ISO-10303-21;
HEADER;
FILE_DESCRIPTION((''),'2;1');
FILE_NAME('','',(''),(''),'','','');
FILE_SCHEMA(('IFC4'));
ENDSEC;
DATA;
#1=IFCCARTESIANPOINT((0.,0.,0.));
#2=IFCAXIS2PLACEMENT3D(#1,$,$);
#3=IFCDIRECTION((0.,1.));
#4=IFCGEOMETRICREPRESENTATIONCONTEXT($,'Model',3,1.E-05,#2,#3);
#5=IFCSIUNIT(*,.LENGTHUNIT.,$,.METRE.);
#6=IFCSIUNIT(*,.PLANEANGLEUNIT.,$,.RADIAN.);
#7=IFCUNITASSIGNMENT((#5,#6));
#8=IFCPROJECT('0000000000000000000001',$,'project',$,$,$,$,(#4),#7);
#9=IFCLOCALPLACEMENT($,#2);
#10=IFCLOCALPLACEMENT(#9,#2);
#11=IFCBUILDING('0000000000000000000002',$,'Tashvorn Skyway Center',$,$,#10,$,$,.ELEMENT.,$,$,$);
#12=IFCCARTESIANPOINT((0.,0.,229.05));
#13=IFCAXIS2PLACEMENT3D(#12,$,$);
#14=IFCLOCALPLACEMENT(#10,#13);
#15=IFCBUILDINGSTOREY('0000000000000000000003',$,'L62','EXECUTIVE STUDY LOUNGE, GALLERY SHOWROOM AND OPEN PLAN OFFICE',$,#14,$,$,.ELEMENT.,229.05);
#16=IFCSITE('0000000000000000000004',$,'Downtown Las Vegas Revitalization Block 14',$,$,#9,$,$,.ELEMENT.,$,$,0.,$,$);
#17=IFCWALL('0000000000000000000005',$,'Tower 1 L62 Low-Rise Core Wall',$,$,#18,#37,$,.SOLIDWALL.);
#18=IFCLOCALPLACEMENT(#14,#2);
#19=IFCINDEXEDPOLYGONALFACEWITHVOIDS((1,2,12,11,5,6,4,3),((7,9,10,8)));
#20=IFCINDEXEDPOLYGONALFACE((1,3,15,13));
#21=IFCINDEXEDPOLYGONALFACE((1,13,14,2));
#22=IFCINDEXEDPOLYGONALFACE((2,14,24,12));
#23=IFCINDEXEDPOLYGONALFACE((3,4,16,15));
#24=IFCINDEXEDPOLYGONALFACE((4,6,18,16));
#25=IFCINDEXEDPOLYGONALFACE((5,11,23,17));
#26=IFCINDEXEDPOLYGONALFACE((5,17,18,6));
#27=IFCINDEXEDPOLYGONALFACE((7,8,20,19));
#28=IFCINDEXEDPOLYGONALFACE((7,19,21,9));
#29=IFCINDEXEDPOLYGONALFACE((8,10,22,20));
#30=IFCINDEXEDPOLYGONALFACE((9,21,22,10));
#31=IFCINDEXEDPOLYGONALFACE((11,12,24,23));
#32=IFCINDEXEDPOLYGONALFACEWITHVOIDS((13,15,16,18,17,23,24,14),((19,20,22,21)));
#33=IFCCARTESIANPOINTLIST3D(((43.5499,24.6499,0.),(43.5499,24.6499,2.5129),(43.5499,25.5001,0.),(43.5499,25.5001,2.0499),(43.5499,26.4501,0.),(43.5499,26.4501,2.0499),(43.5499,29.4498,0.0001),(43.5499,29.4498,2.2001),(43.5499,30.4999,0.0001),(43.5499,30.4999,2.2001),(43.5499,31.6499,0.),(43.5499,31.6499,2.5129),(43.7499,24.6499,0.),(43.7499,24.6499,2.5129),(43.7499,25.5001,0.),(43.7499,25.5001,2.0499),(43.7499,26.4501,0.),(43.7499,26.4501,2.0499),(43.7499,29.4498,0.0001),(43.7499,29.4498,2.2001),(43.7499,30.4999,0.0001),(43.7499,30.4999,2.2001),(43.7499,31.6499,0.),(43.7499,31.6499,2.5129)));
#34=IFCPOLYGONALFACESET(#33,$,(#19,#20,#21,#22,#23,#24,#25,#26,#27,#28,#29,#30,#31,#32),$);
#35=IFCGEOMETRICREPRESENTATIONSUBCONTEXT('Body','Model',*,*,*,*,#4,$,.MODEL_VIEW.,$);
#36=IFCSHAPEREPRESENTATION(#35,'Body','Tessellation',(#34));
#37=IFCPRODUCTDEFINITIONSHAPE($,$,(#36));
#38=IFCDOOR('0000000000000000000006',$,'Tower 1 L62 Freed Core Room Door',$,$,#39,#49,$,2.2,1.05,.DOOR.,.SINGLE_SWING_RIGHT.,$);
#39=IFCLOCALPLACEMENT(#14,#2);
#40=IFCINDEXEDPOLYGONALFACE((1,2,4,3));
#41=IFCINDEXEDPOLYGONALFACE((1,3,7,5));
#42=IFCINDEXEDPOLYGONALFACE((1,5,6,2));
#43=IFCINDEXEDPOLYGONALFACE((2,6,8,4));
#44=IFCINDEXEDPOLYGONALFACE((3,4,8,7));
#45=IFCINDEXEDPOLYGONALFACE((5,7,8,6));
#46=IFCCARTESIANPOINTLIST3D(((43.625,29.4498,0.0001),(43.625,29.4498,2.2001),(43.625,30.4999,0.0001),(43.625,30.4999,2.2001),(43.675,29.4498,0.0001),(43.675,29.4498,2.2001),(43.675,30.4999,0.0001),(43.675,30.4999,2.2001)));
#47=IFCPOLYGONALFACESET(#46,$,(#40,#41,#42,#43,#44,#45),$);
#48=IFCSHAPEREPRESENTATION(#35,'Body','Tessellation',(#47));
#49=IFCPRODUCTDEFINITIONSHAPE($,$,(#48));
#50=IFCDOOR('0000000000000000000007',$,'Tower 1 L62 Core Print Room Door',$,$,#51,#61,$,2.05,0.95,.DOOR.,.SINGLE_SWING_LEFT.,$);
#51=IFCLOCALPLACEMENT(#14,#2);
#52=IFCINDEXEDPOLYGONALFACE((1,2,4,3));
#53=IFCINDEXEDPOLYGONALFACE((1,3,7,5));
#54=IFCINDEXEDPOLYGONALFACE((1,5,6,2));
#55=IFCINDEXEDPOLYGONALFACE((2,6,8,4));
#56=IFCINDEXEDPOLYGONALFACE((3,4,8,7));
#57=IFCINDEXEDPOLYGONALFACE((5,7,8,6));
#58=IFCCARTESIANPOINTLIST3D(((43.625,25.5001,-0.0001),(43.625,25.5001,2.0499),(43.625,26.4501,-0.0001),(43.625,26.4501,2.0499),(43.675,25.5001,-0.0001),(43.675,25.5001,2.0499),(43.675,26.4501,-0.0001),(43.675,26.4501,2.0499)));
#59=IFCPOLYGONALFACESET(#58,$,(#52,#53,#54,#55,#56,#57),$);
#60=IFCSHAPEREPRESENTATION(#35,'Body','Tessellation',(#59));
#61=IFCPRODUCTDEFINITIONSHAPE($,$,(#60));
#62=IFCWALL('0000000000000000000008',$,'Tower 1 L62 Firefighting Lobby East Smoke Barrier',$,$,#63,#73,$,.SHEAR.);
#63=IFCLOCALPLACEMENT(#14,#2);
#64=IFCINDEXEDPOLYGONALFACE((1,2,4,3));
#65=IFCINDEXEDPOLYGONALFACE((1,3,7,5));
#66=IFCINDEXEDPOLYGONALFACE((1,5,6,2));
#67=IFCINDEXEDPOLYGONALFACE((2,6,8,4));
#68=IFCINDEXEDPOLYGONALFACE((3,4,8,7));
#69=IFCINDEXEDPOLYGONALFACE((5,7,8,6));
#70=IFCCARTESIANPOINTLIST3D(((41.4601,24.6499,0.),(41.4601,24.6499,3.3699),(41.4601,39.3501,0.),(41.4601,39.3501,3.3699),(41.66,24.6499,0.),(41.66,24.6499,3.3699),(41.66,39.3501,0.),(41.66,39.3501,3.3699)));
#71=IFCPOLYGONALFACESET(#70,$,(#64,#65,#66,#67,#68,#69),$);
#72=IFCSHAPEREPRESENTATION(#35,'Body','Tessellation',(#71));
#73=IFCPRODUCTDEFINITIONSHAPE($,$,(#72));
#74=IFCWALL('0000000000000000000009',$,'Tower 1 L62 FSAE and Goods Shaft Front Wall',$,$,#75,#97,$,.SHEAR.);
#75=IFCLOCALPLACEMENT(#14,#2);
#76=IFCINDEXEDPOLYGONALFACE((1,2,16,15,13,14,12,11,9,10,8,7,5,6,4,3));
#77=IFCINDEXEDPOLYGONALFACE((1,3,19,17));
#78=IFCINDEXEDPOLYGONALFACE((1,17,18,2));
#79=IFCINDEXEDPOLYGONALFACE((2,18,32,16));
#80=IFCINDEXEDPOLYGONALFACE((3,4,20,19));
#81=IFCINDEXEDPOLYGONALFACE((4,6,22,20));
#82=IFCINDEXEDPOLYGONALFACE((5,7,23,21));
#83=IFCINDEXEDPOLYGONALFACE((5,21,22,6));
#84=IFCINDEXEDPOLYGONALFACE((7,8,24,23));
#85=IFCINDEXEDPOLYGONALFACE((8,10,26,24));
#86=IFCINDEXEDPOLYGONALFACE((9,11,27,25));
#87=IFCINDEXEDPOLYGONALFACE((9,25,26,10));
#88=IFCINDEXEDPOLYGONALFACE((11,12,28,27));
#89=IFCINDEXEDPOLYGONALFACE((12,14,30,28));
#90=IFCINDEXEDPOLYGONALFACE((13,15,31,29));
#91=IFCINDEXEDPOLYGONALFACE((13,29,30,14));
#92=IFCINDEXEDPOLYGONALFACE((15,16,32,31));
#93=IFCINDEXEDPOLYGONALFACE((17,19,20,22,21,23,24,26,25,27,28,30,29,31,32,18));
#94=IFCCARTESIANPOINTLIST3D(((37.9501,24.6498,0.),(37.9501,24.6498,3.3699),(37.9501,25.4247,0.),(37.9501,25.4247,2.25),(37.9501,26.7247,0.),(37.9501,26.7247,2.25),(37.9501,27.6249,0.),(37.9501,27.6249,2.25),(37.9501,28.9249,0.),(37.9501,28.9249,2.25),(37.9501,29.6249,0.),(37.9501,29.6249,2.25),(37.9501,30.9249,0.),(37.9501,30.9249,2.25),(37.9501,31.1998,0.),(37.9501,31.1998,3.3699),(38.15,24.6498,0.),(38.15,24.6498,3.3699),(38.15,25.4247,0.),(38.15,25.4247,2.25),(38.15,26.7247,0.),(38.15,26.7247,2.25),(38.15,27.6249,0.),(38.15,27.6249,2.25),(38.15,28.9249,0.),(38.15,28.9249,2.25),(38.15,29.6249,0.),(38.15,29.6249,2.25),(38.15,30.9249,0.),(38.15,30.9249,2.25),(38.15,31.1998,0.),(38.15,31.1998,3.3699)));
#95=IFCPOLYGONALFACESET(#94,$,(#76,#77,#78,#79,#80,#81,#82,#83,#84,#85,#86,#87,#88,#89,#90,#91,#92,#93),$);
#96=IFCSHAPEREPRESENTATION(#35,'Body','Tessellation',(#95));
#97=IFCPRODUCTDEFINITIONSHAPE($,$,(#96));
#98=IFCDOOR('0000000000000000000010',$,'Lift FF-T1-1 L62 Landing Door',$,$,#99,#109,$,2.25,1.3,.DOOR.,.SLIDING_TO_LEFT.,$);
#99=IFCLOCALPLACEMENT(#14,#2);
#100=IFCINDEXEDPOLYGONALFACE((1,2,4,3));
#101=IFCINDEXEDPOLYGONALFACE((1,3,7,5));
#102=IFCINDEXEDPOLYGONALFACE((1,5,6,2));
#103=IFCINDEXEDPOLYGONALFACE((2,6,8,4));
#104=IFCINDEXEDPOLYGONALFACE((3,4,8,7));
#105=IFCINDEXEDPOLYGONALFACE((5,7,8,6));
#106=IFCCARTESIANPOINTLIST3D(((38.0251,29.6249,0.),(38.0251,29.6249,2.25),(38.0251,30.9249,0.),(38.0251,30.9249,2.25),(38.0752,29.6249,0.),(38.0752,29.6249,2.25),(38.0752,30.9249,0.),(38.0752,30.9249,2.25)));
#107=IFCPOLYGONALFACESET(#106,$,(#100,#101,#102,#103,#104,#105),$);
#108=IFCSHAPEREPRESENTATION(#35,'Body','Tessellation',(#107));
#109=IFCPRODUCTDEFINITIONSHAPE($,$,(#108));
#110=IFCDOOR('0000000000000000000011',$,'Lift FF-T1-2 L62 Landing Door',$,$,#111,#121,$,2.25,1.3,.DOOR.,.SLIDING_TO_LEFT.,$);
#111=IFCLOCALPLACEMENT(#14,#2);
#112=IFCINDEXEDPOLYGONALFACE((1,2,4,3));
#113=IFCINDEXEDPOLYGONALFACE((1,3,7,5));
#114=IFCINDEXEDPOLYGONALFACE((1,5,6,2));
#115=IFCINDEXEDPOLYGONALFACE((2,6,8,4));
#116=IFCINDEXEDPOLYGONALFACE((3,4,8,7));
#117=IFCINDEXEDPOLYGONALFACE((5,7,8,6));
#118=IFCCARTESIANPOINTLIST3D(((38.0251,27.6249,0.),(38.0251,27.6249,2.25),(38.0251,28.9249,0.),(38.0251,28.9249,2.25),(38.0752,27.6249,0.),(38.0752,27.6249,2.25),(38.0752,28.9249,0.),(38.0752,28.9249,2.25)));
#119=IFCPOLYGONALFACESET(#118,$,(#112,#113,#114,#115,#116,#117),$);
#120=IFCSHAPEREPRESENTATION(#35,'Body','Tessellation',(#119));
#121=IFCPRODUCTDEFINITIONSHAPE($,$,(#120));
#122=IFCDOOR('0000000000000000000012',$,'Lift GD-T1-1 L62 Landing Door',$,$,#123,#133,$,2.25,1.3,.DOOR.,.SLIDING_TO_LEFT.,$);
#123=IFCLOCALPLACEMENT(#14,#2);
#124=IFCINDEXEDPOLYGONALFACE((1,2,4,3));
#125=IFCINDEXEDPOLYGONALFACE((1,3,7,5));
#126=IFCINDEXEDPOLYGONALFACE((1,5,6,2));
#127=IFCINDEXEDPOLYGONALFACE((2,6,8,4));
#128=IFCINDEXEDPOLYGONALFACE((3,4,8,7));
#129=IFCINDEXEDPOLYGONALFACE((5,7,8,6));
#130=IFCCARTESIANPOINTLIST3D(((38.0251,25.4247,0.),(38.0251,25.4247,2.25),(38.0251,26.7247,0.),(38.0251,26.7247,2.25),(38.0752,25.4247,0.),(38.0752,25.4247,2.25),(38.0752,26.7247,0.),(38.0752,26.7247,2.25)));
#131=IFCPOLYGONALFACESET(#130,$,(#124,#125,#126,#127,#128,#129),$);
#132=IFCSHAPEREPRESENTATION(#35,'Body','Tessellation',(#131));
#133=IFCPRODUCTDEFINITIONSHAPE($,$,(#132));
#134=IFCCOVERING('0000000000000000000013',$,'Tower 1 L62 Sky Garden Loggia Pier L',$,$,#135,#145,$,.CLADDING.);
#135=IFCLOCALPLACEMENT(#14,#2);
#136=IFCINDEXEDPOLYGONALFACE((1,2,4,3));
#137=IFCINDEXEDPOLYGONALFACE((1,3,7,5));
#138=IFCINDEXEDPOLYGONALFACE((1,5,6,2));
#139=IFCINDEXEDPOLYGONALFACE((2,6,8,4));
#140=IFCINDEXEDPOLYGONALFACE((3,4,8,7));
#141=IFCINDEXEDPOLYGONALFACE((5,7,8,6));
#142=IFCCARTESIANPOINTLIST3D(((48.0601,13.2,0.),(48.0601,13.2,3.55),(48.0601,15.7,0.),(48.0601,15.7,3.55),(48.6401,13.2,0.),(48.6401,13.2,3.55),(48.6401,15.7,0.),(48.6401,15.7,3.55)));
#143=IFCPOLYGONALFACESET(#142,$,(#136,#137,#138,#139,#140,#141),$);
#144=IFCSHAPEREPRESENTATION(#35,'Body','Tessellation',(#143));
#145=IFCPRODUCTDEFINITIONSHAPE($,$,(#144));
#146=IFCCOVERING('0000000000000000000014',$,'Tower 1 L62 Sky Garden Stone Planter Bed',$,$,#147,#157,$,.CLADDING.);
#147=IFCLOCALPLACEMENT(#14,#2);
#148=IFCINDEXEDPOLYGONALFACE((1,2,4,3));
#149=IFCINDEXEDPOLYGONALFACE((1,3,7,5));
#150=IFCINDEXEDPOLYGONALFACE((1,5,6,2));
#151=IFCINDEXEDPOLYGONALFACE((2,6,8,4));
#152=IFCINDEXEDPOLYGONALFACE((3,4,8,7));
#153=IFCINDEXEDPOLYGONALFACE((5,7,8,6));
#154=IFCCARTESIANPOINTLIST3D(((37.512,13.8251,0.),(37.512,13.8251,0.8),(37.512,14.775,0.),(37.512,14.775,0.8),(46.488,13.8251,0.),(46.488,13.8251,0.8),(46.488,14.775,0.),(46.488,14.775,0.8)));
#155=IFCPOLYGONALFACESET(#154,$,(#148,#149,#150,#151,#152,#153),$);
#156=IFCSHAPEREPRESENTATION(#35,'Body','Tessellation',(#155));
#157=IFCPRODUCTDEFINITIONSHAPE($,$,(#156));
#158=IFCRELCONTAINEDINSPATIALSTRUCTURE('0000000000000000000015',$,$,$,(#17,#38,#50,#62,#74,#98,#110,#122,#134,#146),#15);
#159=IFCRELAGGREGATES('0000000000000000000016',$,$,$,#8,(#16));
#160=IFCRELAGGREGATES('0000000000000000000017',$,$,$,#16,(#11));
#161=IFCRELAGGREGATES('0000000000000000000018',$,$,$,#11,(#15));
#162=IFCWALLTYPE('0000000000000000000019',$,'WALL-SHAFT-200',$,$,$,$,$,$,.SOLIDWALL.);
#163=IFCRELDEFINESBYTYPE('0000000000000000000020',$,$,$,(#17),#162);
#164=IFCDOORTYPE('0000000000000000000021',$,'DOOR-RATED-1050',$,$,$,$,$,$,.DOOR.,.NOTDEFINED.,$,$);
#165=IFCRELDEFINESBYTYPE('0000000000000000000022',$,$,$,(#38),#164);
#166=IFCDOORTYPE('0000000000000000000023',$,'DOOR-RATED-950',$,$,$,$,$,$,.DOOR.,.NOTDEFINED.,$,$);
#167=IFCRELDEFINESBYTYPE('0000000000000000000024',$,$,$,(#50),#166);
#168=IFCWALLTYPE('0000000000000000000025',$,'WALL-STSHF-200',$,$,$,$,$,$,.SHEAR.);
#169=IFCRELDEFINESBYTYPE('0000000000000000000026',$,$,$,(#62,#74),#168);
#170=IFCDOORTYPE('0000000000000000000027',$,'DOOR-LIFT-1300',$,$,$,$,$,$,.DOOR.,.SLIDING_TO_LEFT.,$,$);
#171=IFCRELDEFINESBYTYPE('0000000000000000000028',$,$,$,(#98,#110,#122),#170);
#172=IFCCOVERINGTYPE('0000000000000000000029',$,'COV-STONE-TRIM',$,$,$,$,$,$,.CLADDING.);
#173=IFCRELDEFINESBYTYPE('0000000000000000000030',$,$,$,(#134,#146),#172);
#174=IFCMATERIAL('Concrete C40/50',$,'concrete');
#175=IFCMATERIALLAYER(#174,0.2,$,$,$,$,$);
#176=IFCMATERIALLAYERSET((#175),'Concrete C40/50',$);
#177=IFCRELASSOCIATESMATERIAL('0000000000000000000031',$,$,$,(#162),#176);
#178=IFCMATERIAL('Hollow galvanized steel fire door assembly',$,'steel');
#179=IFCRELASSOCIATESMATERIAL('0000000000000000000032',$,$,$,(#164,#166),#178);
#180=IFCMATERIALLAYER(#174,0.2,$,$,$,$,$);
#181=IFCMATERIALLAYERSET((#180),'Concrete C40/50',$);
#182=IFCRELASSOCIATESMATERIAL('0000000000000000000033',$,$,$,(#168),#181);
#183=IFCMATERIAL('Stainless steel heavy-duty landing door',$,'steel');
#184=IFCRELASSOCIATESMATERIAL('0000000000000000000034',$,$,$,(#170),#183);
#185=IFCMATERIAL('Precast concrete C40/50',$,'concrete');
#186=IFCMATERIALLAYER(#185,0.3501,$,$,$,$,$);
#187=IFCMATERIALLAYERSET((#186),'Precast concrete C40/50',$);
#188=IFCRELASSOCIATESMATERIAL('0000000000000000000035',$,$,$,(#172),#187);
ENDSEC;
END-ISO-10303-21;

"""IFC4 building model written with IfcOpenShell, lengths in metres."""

from ifc_helpers import new_model, si_unit, direction, frame, frame_2d, origin, origin_2d, place, context, subcontext, project, spatial, rectangle, extrude, material, layer, layer_set, type_object, element, fill, save


model = new_model("IFC4")

# Units and contexts
model_context = context("Model", 3, precision=1e-05, world=origin(), true_north=direction((0.0, 1.0)))
body_context = subcontext(model_context, "Body", "Model", "MODEL_VIEW")
ifc_project = project(units=[si_unit("LENGTHUNIT", "METRE"), si_unit("PLANEANGLEUNIT", "RADIAN")], contexts=[model_context])

# Site, building, storey
site_placement = place(None, origin())
site = spatial("IfcSite", under=ifc_project, at=site_placement, Name="Downtown Las Vegas Revitalization Block 14", CompositionType="ELEMENT", RefElevation=0.0)
building_placement = place(site_placement, origin())
building = spatial("IfcBuilding", under=site, at=building_placement, Name="Tashvorn Skyway Center", CompositionType="ELEMENT")
storey_placement = place(building_placement, frame((0.0, 0.0, 229.05)))
storey = spatial("IfcBuildingStorey", under=building, at=storey_placement, Name="L62", Description="EXECUTIVE STUDY LOUNGE, GALLERY SHOWROOM AND OPEN PLAN OFFICE", CompositionType="ELEMENT", Elevation=229.05)

# Shared definitions
ifc_material_1 = material(Name="Precast concrete C40/50", Category="concrete")

# Wall, openings, doors
ifc_material_2 = material(Name="Concrete C40/50", Category="concrete")
ifc_layer_1 = layer(ifc_material_2, 0.2)
ifc_layer_set_1 = layer_set([ifc_layer_1], Name="Concrete C40/50")
wall_type_1 = type_object("IfcWallType", Name="WALL-SHAFT-200", PredefinedType="SOLIDWALL", material=ifc_layer_set_1)
wall_1_placement = place(storey_placement, frame((43.6499, 24.6499, 0.0), z_axis=(0.0, 0.0, 1.0), x_axis=(0.0, 1.0, 0.0)))
wall_1 = element("IfcWall", 1, at=wall_1_placement, inside=storey, type_object=wall_type_1, Name="Tower 1 L62 Low-Rise Core Wall", PredefinedType="SOLIDWALL", context=body_context, shape_type="SweptSolid", body=[
    extrude(rectangle(XDim=7.0, YDim=0.2, at=frame_2d((3.5, 0.0))), origin(), (0.0, 0.0, 1.0), 2.5129),
])
opening_1_placement = place(wall_1_placement, frame((0.8501, 0.0, 0.0)))
opening_1 = element("IfcOpeningElement", 2, at=opening_1_placement, cuts=wall_1, PredefinedType="OPENING", context=body_context, shape_type="SweptSolid", body=[
    extrude(rectangle(XDim=0.95, YDim=2.05, at=frame_2d((0.4751, 1.0249))), frame((0.0, 0.1099, 0.0), z_axis=(0.0, -1.0, 0.0), x_axis=(1.0, 0.0, 0.0)), (0.0, 0.0, 1.0), 0.22),
])
opening_2_placement = place(wall_1_placement, frame((4.8, 0.0, 0.0)))
opening_2 = element("IfcOpeningElement", 3, at=opening_2_placement, cuts=wall_1, PredefinedType="OPENING", context=body_context, shape_type="SweptSolid", body=[
    extrude(rectangle(XDim=1.05, YDim=2.2, at=frame_2d((0.5249, 1.1001))), frame((0.0, 0.1099, 0.0), z_axis=(0.0, -1.0, 0.0), x_axis=(1.0, 0.0, 0.0)), (0.0, 0.0, 1.0), 0.22),
])
ifc_material_3 = material(Name="Hollow galvanized steel fire door assembly", Category="steel")
door_type_1 = type_object("IfcDoorType", Name="DOOR-RATED-1050", OperationType="NOTDEFINED", PredefinedType="DOOR", material=ifc_material_3)
door_1_placement = place(opening_2_placement, origin())
door_1 = element("IfcDoor", 4, at=door_1_placement, inside=storey, type_object=door_type_1, Name="Tower 1 L62 Freed Core Room Door", OperationType="SINGLE_SWING_RIGHT", OverallHeight=2.2, OverallWidth=1.05, PredefinedType="DOOR", context=body_context, shape_type="SweptSolid", body=[
    extrude(rectangle(XDim=1.05, YDim=2.2, at=frame_2d((0.5249, 1.1001))), frame((0.0, 0.0249, 0.0), z_axis=(0.0, -1.0, 0.0), x_axis=(1.0, 0.0, 0.0)), (0.0, 0.0, 1.0), 0.05),
])
fill(opening_2, door_1)
door_type_2 = type_object("IfcDoorType", Name="DOOR-RATED-950", OperationType="NOTDEFINED", PredefinedType="DOOR", material=ifc_material_3)
door_2_placement = place(opening_1_placement, origin())
door_2 = element("IfcDoor", 5, at=door_2_placement, inside=storey, type_object=door_type_2, Name="Tower 1 L62 Core Print Room Door", OperationType="SINGLE_SWING_LEFT", OverallHeight=2.05, OverallWidth=0.95, PredefinedType="DOOR", context=body_context, shape_type="SweptSolid", body=[
    extrude(rectangle(XDim=0.95, YDim=2.05, at=frame_2d((0.4751, 1.0249))), frame((0.0, 0.0249, 0.0), z_axis=(0.0, -1.0, 0.0), x_axis=(1.0, 0.0, 0.0)), (0.0, 0.0, 1.0), 0.05),
])
fill(opening_1, door_2)

# Wall
ifc_layer_2 = layer(ifc_material_2, 0.2)
ifc_layer_set_2 = layer_set([ifc_layer_2], Name="Concrete C40/50")
wall_type_2 = type_object("IfcWallType", Name="WALL-STSHF-200", PredefinedType="SHEAR", material=ifc_layer_set_2)
wall_2_placement = place(storey_placement, frame((41.5601, 24.6499, 0.0), z_axis=(0.0, 0.0, 1.0), x_axis=(0.0, 1.0, 0.0)))
element("IfcWall", 6, at=wall_2_placement, inside=storey, type_object=wall_type_2, Name="Tower 1 L62 Firefighting Lobby East Smoke Barrier", PredefinedType="SHEAR", context=body_context, shape_type="SweptSolid", body=[
    extrude(rectangle(XDim=14.7002, YDim=0.2, at=frame_2d((7.3501, 0.0))), origin(), (0.0, 0.0, 1.0), 3.3699),
])

# Wall, openings, doors
wall_3_placement = place(storey_placement, frame((38.05, 24.6499, 0.0), z_axis=(0.0, 0.0, 1.0), x_axis=(0.0, 1.0, 0.0)))
wall_3 = element("IfcWall", 7, at=wall_3_placement, inside=storey, type_object=wall_type_2, Name="Tower 1 L62 FSAE and Goods Shaft Front Wall", PredefinedType="SHEAR", context=body_context, shape_type="SweptSolid", body=[
    extrude(rectangle(XDim=6.55, YDim=0.2, at=frame_2d((3.2749, 0.0))), origin(), (0.0, 0.0, 1.0), 3.3699),
])
opening_3_placement = place(wall_3_placement, frame((4.9751, 0.0, 0.0)))
opening_3 = element("IfcOpeningElement", 8, at=opening_3_placement, cuts=wall_3, PredefinedType="OPENING", context=body_context, shape_type="SweptSolid", body=[
    extrude(rectangle(XDim=1.3, YDim=2.25, at=frame_2d((0.6499, 1.125))), frame((0.0, 0.1099, 0.0), z_axis=(0.0, -1.0, 0.0), x_axis=(1.0, 0.0, 0.0)), (0.0, 0.0, 1.0), 0.22),
])
opening_4_placement = place(wall_3_placement, frame((2.9751, 0.0, 0.0)))
opening_4 = element("IfcOpeningElement", 9, at=opening_4_placement, cuts=wall_3, PredefinedType="OPENING", context=body_context, shape_type="SweptSolid", body=[
    extrude(rectangle(XDim=1.3, YDim=2.25, at=frame_2d((0.6499, 1.125))), frame((0.0, 0.1099, 0.0), z_axis=(0.0, -1.0, 0.0), x_axis=(1.0, 0.0, 0.0)), (0.0, 0.0, 1.0), 0.22),
])
opening_5_placement = place(wall_3_placement, frame((0.7749, 0.0, 0.0)))
opening_5 = element("IfcOpeningElement", 10, at=opening_5_placement, cuts=wall_3, PredefinedType="OPENING", context=body_context, shape_type="SweptSolid", body=[
    extrude(rectangle(XDim=1.3, YDim=2.25, at=frame_2d((0.6499, 1.125))), frame((0.0, 0.1099, 0.0), z_axis=(0.0, -1.0, 0.0), x_axis=(1.0, 0.0, 0.0)), (0.0, 0.0, 1.0), 0.22),
])
ifc_material_4 = material(Name="Stainless steel heavy-duty landing door", Category="steel")
door_type_3 = type_object("IfcDoorType", Name="DOOR-LIFT-1300", OperationType="SLIDING_TO_LEFT", PredefinedType="DOOR", material=ifc_material_4)
door_3_placement = place(opening_3_placement, origin())
door_3 = element("IfcDoor", 11, at=door_3_placement, inside=storey, type_object=door_type_3, Name="Lift FF-T1-1 L62 Landing Door", OperationType="SLIDING_TO_LEFT", OverallHeight=2.25, OverallWidth=1.3, PredefinedType="DOOR", context=body_context, shape_type="SweptSolid", body=[
    extrude(rectangle(XDim=1.3, YDim=2.25, at=frame_2d((0.6499, 1.125))), frame((0.0, 0.0249, 0.0), z_axis=(0.0, -1.0, 0.0), x_axis=(1.0, 0.0, 0.0)), (0.0, 0.0, 1.0), 0.05),
])
fill(opening_3, door_3)
door_4_placement = place(opening_4_placement, origin())
door_4 = element("IfcDoor", 12, at=door_4_placement, inside=storey, type_object=door_type_3, Name="Lift FF-T1-2 L62 Landing Door", OperationType="SLIDING_TO_LEFT", OverallHeight=2.25, OverallWidth=1.3, PredefinedType="DOOR", context=body_context, shape_type="SweptSolid", body=[
    extrude(rectangle(XDim=1.3, YDim=2.25, at=frame_2d((0.6499, 1.125))), frame((0.0, 0.0249, 0.0), z_axis=(0.0, -1.0, 0.0), x_axis=(1.0, 0.0, 0.0)), (0.0, 0.0, 1.0), 0.05),
])
fill(opening_4, door_4)
door_5_placement = place(opening_5_placement, origin())
door_5 = element("IfcDoor", 13, at=door_5_placement, inside=storey, type_object=door_type_3, Name="Lift GD-T1-1 L62 Landing Door", OperationType="SLIDING_TO_LEFT", OverallHeight=2.25, OverallWidth=1.3, PredefinedType="DOOR", context=body_context, shape_type="SweptSolid", body=[
    extrude(rectangle(XDim=1.3, YDim=2.25, at=frame_2d((0.6499, 1.125))), frame((0.0, 0.0249, 0.0), z_axis=(0.0, -1.0, 0.0), x_axis=(1.0, 0.0, 0.0)), (0.0, 0.0, 1.0), 0.05),
])
fill(opening_5, door_5)

# Coverings
ifc_layer_3 = layer(ifc_material_1, 0.3501)
ifc_layer_set_3 = layer_set([ifc_layer_3], Name="Precast concrete C40/50")
covering_type = type_object("IfcCoveringType", Name="COV-STONE-TRIM", PredefinedType="CLADDING", material=ifc_layer_set_3)
covering_1_placement = place(storey_placement, frame((48.3501, 14.45, 0.0), z_axis=(0.0, 0.0, 1.0), x_axis=(-1.0, 0.0, 0.0)))
element("IfcCovering", 14, at=covering_1_placement, inside=storey, type_object=covering_type, Name="Tower 1 L62 Sky Garden Loggia Pier L", PredefinedType="CLADDING", context=body_context, shape_type="SweptSolid", body=[
    extrude(rectangle(XDim=0.5801, YDim=2.5, at=origin_2d()), origin(), (0.0, 0.0, 1.0), 3.55),
])
covering_2_placement = place(storey_placement, frame((42.0, 14.3, 0.0), z_axis=(0.0, 0.0, 1.0), x_axis=(-1.0, 0.0, 0.0)))
element("IfcCovering", 15, at=covering_2_placement, inside=storey, type_object=covering_type, Name="Tower 1 L62 Sky Garden Stone Planter Bed", PredefinedType="CLADDING", context=body_context, shape_type="SweptSolid", body=[
    extrude(rectangle(XDim=8.9761, YDim=0.95, at=origin_2d()), origin(), (0.0, 0.0, 1.0), 0.8),
])

save(model, "model.ifc")
